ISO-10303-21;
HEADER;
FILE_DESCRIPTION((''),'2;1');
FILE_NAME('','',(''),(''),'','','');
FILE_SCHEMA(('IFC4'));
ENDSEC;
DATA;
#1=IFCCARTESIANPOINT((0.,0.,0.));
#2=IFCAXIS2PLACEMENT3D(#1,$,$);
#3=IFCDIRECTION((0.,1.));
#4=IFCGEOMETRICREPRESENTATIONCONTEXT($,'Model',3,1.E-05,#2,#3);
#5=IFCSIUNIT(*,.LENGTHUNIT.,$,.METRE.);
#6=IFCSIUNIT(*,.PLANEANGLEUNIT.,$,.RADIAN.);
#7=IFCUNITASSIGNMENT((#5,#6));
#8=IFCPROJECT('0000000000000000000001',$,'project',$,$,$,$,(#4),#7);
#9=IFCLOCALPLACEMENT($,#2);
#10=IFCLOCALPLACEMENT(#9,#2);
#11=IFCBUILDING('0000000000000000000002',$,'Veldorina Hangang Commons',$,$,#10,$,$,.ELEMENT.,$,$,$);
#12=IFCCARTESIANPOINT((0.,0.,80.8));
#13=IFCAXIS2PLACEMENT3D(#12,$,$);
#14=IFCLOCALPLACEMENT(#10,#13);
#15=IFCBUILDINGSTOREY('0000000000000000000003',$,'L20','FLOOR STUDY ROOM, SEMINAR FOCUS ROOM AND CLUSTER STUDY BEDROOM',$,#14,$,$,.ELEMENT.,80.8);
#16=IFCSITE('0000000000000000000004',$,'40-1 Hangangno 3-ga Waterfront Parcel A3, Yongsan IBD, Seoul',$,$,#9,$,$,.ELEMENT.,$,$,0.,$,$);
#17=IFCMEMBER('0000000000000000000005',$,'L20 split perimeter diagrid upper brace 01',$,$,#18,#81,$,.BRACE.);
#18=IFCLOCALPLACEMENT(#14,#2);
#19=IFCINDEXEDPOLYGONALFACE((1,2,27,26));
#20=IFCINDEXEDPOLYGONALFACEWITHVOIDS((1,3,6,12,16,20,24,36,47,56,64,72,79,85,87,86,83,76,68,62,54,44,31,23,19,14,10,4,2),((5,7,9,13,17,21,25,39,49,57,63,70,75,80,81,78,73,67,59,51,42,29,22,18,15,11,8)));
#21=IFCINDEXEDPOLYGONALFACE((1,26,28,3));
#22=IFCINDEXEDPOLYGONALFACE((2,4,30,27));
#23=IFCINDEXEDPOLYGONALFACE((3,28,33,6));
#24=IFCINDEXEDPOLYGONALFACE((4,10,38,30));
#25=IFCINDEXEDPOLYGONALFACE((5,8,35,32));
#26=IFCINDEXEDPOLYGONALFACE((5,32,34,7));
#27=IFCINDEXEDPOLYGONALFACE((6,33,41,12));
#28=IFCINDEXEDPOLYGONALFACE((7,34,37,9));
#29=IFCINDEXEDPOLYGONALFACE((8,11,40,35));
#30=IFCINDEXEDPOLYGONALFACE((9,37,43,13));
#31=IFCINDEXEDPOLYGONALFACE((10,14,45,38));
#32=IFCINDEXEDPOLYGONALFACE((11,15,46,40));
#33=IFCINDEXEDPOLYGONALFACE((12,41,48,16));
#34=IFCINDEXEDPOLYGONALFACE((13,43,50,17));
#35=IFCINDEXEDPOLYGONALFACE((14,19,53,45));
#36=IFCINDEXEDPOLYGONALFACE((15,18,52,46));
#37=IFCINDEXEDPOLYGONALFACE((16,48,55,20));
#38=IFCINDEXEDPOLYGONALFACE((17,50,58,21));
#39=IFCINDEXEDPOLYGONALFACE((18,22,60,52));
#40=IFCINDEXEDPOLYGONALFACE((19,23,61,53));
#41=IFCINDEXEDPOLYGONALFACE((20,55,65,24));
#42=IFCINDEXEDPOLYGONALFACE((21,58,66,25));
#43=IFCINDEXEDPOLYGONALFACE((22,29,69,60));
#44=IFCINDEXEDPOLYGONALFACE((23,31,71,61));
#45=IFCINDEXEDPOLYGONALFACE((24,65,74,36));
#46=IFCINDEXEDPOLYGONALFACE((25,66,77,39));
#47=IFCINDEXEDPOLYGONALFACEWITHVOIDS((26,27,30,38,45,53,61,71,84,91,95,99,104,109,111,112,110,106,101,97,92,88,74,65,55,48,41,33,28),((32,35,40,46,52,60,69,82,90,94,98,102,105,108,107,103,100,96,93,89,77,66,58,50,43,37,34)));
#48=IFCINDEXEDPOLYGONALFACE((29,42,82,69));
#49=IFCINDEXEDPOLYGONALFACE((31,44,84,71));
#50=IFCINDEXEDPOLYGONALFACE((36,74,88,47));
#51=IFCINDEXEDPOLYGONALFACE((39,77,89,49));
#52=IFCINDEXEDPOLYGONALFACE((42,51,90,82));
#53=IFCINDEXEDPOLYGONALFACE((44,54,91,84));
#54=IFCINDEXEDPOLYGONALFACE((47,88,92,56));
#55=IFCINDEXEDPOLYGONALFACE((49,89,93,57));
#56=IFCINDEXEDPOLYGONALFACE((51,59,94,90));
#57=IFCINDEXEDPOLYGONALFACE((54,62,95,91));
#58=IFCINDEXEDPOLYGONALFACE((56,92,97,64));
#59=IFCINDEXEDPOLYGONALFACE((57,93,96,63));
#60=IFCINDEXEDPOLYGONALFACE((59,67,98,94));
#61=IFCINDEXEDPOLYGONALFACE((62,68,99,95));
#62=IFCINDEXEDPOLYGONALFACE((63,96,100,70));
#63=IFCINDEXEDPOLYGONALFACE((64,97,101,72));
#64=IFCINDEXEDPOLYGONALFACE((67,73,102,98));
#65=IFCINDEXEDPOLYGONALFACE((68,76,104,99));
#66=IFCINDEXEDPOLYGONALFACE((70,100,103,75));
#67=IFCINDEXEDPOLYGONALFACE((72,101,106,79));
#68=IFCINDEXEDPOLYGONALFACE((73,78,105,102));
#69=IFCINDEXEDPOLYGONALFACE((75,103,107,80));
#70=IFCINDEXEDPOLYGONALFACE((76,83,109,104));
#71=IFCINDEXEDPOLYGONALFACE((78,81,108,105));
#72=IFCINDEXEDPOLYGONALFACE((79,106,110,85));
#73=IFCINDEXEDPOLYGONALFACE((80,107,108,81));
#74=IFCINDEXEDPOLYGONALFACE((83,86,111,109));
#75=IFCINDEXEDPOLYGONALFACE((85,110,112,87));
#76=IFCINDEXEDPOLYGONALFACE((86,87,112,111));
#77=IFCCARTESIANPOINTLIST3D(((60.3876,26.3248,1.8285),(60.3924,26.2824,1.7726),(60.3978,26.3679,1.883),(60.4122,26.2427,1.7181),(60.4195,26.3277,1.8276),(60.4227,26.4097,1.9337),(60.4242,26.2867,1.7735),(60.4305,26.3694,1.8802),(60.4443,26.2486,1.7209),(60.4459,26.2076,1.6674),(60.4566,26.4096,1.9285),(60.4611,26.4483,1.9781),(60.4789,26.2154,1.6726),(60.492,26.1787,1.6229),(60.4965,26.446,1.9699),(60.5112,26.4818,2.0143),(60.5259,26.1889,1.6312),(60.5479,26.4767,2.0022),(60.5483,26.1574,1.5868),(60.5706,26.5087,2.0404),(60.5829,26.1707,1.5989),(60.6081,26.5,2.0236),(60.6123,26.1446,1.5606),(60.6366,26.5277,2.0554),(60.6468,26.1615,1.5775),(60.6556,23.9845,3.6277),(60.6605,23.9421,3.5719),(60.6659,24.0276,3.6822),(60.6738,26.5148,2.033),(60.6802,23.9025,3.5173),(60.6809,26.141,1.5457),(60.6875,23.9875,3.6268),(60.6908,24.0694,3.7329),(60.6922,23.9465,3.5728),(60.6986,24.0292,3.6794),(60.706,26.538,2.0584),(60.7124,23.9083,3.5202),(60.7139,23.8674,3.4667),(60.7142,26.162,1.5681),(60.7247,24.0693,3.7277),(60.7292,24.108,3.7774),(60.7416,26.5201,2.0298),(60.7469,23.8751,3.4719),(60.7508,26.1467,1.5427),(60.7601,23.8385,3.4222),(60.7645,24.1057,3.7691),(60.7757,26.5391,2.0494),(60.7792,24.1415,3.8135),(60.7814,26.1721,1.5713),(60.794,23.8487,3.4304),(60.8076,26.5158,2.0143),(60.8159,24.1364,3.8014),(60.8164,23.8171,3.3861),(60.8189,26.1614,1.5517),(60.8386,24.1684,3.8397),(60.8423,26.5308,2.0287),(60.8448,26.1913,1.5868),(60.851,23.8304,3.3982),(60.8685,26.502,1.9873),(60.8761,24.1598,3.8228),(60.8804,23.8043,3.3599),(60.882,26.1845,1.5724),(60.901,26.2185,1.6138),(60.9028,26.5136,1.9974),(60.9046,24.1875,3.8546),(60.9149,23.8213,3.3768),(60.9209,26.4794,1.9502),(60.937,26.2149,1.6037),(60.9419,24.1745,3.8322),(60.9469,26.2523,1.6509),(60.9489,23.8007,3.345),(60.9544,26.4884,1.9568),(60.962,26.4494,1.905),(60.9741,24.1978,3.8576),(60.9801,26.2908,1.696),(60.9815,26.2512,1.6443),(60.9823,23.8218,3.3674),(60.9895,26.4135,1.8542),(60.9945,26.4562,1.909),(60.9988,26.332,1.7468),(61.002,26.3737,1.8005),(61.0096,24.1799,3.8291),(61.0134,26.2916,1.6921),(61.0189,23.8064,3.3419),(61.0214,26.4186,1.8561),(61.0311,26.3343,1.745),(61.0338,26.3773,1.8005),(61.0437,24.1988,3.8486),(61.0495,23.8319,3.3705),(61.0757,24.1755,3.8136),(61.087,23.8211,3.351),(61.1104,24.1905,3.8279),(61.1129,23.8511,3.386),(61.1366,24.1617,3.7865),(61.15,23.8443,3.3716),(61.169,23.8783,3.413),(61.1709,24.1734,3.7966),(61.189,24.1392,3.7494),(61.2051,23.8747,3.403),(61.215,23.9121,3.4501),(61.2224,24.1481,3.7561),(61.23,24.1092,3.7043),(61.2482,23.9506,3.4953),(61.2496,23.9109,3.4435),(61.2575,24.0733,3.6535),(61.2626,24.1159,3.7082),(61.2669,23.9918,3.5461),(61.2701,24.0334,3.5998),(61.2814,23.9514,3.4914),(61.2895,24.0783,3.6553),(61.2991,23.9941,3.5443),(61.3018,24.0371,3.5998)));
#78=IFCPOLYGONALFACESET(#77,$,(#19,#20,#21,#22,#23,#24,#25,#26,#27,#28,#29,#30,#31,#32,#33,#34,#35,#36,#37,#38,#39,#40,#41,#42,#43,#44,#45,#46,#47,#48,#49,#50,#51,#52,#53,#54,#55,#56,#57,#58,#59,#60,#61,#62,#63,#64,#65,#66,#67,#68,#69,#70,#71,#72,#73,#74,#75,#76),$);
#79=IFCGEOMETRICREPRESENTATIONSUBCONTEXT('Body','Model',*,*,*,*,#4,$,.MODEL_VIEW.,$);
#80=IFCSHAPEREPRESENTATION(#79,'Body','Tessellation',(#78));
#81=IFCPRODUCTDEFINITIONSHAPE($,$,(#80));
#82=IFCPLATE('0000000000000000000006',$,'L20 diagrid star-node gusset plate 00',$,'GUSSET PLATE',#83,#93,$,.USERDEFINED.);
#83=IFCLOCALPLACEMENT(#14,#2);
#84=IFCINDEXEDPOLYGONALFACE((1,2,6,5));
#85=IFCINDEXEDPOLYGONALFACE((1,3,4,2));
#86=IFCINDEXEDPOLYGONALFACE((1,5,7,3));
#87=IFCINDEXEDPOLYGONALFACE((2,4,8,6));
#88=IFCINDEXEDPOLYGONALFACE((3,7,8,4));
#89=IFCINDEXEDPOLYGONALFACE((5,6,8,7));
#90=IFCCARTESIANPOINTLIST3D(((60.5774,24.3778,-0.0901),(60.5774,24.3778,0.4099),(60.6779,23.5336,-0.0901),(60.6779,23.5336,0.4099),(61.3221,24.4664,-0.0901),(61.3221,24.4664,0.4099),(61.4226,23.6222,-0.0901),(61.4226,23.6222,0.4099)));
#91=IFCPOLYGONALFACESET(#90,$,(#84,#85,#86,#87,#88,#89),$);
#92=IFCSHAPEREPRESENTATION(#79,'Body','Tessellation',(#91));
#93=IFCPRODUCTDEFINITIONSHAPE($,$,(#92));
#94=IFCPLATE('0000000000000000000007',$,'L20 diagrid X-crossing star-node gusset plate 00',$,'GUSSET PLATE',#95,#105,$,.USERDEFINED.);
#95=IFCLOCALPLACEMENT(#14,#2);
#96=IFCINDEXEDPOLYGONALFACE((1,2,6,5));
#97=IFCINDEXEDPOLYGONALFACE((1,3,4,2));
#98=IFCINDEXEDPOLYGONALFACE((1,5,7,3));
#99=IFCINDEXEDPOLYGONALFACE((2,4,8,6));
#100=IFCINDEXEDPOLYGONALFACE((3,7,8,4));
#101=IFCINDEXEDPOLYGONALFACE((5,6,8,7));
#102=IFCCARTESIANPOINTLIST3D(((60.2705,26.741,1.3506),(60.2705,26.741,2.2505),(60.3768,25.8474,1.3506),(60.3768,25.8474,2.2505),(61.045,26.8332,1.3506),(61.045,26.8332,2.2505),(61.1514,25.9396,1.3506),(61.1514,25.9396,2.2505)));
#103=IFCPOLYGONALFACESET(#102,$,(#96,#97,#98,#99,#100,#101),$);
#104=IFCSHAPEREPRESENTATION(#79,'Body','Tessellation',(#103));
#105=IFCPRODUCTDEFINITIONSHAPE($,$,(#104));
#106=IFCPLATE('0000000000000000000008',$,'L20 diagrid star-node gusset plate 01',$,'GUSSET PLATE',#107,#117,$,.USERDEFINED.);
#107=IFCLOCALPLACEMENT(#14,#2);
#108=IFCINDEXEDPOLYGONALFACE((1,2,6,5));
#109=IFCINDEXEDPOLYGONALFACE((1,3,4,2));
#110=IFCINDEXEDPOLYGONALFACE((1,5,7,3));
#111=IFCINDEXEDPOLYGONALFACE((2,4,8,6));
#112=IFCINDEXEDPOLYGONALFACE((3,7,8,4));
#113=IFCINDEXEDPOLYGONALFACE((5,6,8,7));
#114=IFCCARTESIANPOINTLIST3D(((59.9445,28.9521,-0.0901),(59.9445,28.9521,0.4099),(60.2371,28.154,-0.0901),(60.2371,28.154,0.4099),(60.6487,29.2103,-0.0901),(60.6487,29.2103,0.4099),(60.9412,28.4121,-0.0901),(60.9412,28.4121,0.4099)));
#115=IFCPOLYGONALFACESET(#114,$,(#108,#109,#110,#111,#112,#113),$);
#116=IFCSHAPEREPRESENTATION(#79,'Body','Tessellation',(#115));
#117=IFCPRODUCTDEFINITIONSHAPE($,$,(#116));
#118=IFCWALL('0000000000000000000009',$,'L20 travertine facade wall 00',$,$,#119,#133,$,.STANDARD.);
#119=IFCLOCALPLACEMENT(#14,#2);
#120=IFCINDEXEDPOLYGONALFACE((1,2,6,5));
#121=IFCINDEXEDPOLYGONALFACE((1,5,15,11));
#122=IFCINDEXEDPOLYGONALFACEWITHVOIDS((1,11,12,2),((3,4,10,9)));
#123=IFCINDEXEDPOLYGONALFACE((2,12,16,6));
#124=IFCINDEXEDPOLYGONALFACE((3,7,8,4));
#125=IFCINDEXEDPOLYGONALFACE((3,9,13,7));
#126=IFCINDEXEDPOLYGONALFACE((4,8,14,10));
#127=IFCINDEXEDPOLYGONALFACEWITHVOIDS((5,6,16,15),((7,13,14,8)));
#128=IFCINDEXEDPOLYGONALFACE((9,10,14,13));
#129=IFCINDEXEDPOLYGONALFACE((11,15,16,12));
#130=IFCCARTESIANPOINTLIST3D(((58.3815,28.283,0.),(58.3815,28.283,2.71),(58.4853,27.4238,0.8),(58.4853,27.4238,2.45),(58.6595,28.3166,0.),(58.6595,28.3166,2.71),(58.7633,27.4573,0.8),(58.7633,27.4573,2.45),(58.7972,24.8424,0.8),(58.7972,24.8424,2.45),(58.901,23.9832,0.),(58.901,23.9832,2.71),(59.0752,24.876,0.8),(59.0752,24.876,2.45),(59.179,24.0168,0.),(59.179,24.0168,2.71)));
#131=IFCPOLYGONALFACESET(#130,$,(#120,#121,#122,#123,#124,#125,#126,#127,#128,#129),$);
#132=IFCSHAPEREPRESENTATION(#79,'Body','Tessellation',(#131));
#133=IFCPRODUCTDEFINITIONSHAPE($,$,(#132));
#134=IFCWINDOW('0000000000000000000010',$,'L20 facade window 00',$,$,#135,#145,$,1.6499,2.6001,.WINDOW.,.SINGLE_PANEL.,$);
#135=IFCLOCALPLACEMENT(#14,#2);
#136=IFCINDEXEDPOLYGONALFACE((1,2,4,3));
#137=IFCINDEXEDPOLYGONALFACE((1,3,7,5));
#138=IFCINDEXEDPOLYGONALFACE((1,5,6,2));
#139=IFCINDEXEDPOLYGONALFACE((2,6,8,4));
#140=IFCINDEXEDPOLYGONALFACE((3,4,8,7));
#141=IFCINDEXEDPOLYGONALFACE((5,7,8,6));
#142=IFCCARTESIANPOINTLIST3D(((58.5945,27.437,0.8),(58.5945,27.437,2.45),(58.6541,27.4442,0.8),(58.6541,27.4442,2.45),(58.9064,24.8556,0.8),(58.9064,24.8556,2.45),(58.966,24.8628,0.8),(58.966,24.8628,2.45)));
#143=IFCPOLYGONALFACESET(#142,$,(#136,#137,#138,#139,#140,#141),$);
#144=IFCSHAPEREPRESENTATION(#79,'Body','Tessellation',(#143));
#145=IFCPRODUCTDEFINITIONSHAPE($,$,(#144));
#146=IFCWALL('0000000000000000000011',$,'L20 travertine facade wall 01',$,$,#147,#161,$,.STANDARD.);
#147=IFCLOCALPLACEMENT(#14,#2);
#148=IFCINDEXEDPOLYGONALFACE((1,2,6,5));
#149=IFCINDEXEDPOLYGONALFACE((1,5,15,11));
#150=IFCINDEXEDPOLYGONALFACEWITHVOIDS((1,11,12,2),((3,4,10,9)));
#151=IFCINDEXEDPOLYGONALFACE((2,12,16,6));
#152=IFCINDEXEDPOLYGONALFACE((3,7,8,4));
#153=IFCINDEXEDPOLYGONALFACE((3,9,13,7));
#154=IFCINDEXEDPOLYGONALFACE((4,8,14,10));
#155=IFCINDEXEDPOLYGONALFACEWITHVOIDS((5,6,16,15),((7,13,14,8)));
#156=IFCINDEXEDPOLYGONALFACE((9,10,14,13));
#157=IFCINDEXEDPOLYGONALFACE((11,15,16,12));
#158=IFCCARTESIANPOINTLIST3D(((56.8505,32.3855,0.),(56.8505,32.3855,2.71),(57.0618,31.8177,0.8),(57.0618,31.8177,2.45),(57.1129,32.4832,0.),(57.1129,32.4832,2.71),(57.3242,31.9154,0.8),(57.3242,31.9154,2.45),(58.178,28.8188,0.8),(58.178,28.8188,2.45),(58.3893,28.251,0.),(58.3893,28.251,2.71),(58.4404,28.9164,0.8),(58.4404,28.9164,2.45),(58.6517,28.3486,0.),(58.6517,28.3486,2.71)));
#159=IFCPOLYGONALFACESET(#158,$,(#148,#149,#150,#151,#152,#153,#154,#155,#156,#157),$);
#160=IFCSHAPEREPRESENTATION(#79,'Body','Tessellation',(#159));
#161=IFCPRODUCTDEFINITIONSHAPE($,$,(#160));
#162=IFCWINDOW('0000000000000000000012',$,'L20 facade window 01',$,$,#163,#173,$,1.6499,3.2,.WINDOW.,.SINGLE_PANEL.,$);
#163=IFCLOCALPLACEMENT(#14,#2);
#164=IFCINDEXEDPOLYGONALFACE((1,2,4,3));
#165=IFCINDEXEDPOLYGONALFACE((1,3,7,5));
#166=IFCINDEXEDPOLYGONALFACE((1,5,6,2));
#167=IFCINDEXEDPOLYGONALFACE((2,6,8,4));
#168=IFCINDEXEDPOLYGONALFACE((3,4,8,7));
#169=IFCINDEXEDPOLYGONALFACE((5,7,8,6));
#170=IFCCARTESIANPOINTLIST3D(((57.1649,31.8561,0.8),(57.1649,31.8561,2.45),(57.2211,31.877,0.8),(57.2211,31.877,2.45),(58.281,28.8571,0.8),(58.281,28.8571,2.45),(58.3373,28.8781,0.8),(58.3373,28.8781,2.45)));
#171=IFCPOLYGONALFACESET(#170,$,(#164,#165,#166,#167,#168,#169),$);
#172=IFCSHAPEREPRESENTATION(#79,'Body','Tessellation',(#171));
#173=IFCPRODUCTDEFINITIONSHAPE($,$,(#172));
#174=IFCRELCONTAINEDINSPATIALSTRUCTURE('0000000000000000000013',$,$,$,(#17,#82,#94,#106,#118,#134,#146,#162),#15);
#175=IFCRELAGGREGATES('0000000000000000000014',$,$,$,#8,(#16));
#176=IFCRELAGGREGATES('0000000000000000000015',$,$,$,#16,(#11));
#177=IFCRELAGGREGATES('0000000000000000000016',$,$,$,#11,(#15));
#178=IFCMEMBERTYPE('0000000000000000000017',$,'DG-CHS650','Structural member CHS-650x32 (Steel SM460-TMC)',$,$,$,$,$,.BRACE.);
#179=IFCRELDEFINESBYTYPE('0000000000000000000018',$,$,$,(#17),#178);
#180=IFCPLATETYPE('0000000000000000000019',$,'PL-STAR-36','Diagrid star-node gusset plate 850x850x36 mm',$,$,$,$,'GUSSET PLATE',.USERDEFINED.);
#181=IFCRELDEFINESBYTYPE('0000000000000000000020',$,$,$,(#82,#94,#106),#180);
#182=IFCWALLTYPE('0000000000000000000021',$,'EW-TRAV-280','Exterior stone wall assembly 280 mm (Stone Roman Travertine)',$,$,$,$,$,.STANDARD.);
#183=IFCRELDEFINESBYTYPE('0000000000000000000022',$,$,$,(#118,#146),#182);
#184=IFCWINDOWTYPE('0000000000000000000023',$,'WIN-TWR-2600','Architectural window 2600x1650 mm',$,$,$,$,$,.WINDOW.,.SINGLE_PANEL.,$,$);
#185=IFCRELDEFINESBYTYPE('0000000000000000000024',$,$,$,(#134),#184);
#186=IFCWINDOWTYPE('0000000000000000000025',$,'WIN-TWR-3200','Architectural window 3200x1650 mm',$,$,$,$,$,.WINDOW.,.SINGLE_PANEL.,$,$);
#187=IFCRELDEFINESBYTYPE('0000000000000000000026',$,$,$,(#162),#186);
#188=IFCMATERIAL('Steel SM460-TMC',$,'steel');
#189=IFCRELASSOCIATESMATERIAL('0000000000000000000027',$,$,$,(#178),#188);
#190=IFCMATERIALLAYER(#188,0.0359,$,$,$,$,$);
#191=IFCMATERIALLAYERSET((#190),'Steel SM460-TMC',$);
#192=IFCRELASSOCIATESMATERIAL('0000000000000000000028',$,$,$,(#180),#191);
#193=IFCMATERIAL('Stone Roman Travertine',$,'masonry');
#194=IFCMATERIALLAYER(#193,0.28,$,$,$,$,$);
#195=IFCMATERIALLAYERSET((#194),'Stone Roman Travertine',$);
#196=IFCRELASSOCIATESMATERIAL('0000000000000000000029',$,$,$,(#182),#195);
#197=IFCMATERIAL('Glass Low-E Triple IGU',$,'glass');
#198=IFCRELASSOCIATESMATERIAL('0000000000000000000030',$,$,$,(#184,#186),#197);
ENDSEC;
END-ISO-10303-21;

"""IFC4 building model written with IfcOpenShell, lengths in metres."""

from ifc_helpers import new_model, si_unit, direction, frame, frame_2d, origin, origin_2d, place, context, subcontext, project, spatial, rectangle, hollow_circle, extrude, material, layer, layer_set, material_profile, profile_set, type_object, element, fill, save


model = new_model("IFC4")

# Units and contexts
model_context = context("Model", 3, precision=1e-05, world=origin(), true_north=direction((0.0, 1.0)))
body_context = subcontext(model_context, "Body", "Model", "MODEL_VIEW")
ifc_project = project(units=[si_unit("LENGTHUNIT", "METRE"), si_unit("PLANEANGLEUNIT", "RADIAN")], contexts=[model_context])

# Site, building, storey
site_placement = place(None, origin())
site = spatial("IfcSite", under=ifc_project, at=site_placement, Name="40-1 Hangangno 3-ga Waterfront Parcel A3, Yongsan IBD, Seoul", CompositionType="ELEMENT", RefElevation=0.0)
building_placement = place(site_placement, origin())
building = spatial("IfcBuilding", under=site, at=building_placement, Name="Veldorina Hangang Commons", CompositionType="ELEMENT")
storey_placement = place(building_placement, frame((0.0, 0.0, 80.8)))
storey = spatial("IfcBuildingStorey", under=building, at=storey_placement, Name="L20", Description="FLOOR STUDY ROOM, SEMINAR FOCUS ROOM AND CLUSTER STUDY BEDROOM", CompositionType="ELEMENT", Elevation=80.8)

# Member
ifc_material_1 = material(Name="Steel SM460-TMC", Category="steel")
ifc_material_profile_1 = material_profile(ifc_material_1, hollow_circle(Radius=0.325, WallThickness=0.032, at=origin_2d()), Name="CHS-650x32")
ifc_profile_set_1 = profile_set([ifc_material_profile_1], Name="Steel SM460-TMC")
member_type = type_object("IfcMemberType", Name="DG-CHS650", Description="Structural member CHS-650x32 (Steel SM460-TMC)", PredefinedType="BRACE", material=ifc_profile_set_1)
member_1_placement = place(storey_placement, frame((60.7109, 26.3403, 1.8005), z_axis=(0.090434, -0.789529, 0.607013), x_axis=(0.993504, 0.113798, 0.0)))
element("IfcMember", 1, at=member_1_placement, inside=storey, type_object=member_type, Name="L20 split perimeter diagrid upper brace 01", PredefinedType="BRACE", context=body_context, shape_type="SweptSolid", body=[
    extrude(hollow_circle(Radius=0.325, WallThickness=0.032, at=origin_2d()), origin(), (0.0, 0.0, 1.0), 2.9641),
])

# Plates
ifc_layer_1 = layer(ifc_material_1, 0.0359)
ifc_layer_set_1 = layer_set([ifc_layer_1], Name="Steel SM460-TMC")
plate_type = type_object("IfcPlateType", Name="PL-STAR-36", Description="Diagrid star-node gusset plate 850x850x36 mm", ElementType="GUSSET PLATE", PredefinedType="USERDEFINED", material=ifc_layer_set_1)
plate_1_placement = place(storey_placement, frame((61.0, 24.0, -0.0901), z_axis=(0.0, 0.0, 1.0), x_axis=(-0.118179, 0.992992, 0.0)))
element("IfcPlate", 2, at=plate_1_placement, inside=storey, type_object=plate_type, Name="L20 diagrid star-node gusset plate 00", ObjectType="GUSSET PLATE", PredefinedType="USERDEFINED", context=body_context, shape_type="SweptSolid", body=[
    extrude(rectangle(XDim=0.8501, YDim=0.75, at=origin_2d()), origin(), (0.0, 0.0, 1.0), 0.5),
])
plate_2_placement = place(storey_placement, frame((60.7109, 26.3403, 1.3506), z_axis=(0.0, 0.0, 1.0), x_axis=(-0.118179, 0.992992, 0.0)))
element("IfcPlate", 3, at=plate_2_placement, inside=storey, type_object=plate_type, Name="L20 diagrid X-crossing star-node gusset plate 00", ObjectType="GUSSET PLATE", PredefinedType="USERDEFINED", context=body_context, shape_type="SweptSolid", body=[
    extrude(rectangle(XDim=0.8999, YDim=0.78, at=origin_2d()), origin(), (0.0, 0.0, 1.0), 0.8999),
])
plate_3_placement = place(storey_placement, frame((60.4429, 28.6821, -0.0901), z_axis=(0.0, 0.0, 1.0), x_axis=(-0.344168, 0.938908, 0.0)))
element("IfcPlate", 4, at=plate_3_placement, inside=storey, type_object=plate_type, Name="L20 diagrid star-node gusset plate 01", ObjectType="GUSSET PLATE", PredefinedType="USERDEFINED", context=body_context, shape_type="SweptSolid", body=[
    extrude(rectangle(XDim=0.8501, YDim=0.75, at=origin_2d()), origin(), (0.0, 0.0, 1.0), 0.5),
])

# Walls, openings, windows
ifc_material_2 = material(Name="Stone Roman Travertine", Category="masonry")
ifc_layer_2 = layer(ifc_material_2, 0.28)
ifc_layer_set_2 = layer_set([ifc_layer_2], Name="Stone Roman Travertine")
wall_type_1 = type_object("IfcWallType", Name="EW-TRAV-280", Description="Exterior stone wall assembly 280 mm (Stone Roman Travertine)", PredefinedType="STANDARD", material=ifc_layer_set_2)
wall_1_placement = place(storey_placement, frame((59.04, 24.0, 0.0), z_axis=(0.0, 0.0, 1.0), x_axis=(-0.119954, 0.992779, 0.0)))
wall_1 = element("IfcWall", 5, at=wall_1_placement, inside=storey, type_object=wall_type_1, Name="L20 travertine facade wall 00", PredefinedType="STANDARD", context=body_context, shape_type="SweptSolid", body=[
    extrude(rectangle(XDim=4.3311, YDim=0.28, at=frame_2d((2.1655, 0.0))), origin(), (0.0, 0.0, 1.0), 2.71),
])
opening_1_placement = place(wall_1_placement, frame((0.8655, 0.0, 0.8)))
opening_1 = element("IfcOpeningElement", 6, at=opening_1_placement, cuts=wall_1, PredefinedType="OPENING", context=body_context, shape_type="SweptSolid", body=[
    extrude(rectangle(XDim=2.6001, YDim=1.6499, at=frame_2d((1.3, 0.825))), frame((0.0, 0.1499, 0.0), z_axis=(0.0, -1.0, 0.0), x_axis=(1.0, 0.0, 0.0)), (0.0, 0.0, 1.0), 0.3),
])
ifc_material_3 = material(Name="Glass Low-E Triple IGU", Category="glass")
window_type_1 = type_object("IfcWindowType", Name="WIN-TWR-2600", Description="Architectural window 2600x1650 mm", PartitioningType="SINGLE_PANEL", PredefinedType="WINDOW", material=ifc_material_3)
window_1_placement = place(opening_1_placement, origin())
window_1 = element("IfcWindow", 7, at=window_1_placement, inside=storey, type_object=window_type_1, Name="L20 facade window 00", OverallHeight=1.6499, OverallWidth=2.6001, PartitioningType="SINGLE_PANEL", PredefinedType="WINDOW", context=body_context, shape_type="SweptSolid", body=[
    extrude(rectangle(XDim=2.6001, YDim=1.6499, at=frame_2d((1.3, 0.825))), frame((0.0, 0.03, 0.0), z_axis=(0.0, -1.0, 0.0), x_axis=(1.0, 0.0, 0.0)), (0.0, 0.0, 1.0), 0.0601),
])
fill(opening_1, window_1)
wall_2_placement = place(storey_placement, frame((58.5205, 28.2998, 0.0), z_axis=(0.0, 0.0, 1.0), x_axis=(-0.348812, 0.937193, 0.0)))
wall_2 = element("IfcWall", 8, at=wall_2_placement, inside=storey, type_object=wall_type_1, Name="L20 travertine facade wall 01", PredefinedType="STANDARD", context=body_context, shape_type="SweptSolid", body=[
    extrude(rectangle(XDim=4.4116, YDim=0.28, at=frame_2d((2.2058, 0.0))), origin(), (0.0, 0.0, 1.0), 2.71),
])
opening_2_placement = place(wall_2_placement, frame((0.6057, 0.0, 0.8)))
opening_2 = element("IfcOpeningElement", 9, at=opening_2_placement, cuts=wall_2, PredefinedType="OPENING", context=body_context, shape_type="SweptSolid", body=[
    extrude(rectangle(XDim=3.2, YDim=1.6499, at=frame_2d((1.6001, 0.825))), frame((0.0, 0.1499, 0.0), z_axis=(0.0, -1.0, 0.0), x_axis=(1.0, 0.0, 0.0)), (0.0, 0.0, 1.0), 0.3),
])
window_type_2 = type_object("IfcWindowType", Name="WIN-TWR-3200", Description="Architectural window 3200x1650 mm", PartitioningType="SINGLE_PANEL", PredefinedType="WINDOW", material=ifc_material_3)
window_2_placement = place(opening_2_placement, origin())
window_2 = element("IfcWindow", 10, at=window_2_placement, inside=storey, type_object=window_type_2, Name="L20 facade window 01", OverallHeight=1.6499, OverallWidth=3.2, PartitioningType="SINGLE_PANEL", PredefinedType="WINDOW", context=body_context, shape_type="SweptSolid", body=[
    extrude(rectangle(XDim=3.2, YDim=1.6499, at=frame_2d((1.6001, 0.825))), frame((0.0, 0.03, 0.0), z_axis=(0.0, -1.0, 0.0), x_axis=(1.0, 0.0, 0.0)), (0.0, 0.0, 1.0), 0.0601),
])
fill(opening_2, window_2)

save(model, "model.ifc")
